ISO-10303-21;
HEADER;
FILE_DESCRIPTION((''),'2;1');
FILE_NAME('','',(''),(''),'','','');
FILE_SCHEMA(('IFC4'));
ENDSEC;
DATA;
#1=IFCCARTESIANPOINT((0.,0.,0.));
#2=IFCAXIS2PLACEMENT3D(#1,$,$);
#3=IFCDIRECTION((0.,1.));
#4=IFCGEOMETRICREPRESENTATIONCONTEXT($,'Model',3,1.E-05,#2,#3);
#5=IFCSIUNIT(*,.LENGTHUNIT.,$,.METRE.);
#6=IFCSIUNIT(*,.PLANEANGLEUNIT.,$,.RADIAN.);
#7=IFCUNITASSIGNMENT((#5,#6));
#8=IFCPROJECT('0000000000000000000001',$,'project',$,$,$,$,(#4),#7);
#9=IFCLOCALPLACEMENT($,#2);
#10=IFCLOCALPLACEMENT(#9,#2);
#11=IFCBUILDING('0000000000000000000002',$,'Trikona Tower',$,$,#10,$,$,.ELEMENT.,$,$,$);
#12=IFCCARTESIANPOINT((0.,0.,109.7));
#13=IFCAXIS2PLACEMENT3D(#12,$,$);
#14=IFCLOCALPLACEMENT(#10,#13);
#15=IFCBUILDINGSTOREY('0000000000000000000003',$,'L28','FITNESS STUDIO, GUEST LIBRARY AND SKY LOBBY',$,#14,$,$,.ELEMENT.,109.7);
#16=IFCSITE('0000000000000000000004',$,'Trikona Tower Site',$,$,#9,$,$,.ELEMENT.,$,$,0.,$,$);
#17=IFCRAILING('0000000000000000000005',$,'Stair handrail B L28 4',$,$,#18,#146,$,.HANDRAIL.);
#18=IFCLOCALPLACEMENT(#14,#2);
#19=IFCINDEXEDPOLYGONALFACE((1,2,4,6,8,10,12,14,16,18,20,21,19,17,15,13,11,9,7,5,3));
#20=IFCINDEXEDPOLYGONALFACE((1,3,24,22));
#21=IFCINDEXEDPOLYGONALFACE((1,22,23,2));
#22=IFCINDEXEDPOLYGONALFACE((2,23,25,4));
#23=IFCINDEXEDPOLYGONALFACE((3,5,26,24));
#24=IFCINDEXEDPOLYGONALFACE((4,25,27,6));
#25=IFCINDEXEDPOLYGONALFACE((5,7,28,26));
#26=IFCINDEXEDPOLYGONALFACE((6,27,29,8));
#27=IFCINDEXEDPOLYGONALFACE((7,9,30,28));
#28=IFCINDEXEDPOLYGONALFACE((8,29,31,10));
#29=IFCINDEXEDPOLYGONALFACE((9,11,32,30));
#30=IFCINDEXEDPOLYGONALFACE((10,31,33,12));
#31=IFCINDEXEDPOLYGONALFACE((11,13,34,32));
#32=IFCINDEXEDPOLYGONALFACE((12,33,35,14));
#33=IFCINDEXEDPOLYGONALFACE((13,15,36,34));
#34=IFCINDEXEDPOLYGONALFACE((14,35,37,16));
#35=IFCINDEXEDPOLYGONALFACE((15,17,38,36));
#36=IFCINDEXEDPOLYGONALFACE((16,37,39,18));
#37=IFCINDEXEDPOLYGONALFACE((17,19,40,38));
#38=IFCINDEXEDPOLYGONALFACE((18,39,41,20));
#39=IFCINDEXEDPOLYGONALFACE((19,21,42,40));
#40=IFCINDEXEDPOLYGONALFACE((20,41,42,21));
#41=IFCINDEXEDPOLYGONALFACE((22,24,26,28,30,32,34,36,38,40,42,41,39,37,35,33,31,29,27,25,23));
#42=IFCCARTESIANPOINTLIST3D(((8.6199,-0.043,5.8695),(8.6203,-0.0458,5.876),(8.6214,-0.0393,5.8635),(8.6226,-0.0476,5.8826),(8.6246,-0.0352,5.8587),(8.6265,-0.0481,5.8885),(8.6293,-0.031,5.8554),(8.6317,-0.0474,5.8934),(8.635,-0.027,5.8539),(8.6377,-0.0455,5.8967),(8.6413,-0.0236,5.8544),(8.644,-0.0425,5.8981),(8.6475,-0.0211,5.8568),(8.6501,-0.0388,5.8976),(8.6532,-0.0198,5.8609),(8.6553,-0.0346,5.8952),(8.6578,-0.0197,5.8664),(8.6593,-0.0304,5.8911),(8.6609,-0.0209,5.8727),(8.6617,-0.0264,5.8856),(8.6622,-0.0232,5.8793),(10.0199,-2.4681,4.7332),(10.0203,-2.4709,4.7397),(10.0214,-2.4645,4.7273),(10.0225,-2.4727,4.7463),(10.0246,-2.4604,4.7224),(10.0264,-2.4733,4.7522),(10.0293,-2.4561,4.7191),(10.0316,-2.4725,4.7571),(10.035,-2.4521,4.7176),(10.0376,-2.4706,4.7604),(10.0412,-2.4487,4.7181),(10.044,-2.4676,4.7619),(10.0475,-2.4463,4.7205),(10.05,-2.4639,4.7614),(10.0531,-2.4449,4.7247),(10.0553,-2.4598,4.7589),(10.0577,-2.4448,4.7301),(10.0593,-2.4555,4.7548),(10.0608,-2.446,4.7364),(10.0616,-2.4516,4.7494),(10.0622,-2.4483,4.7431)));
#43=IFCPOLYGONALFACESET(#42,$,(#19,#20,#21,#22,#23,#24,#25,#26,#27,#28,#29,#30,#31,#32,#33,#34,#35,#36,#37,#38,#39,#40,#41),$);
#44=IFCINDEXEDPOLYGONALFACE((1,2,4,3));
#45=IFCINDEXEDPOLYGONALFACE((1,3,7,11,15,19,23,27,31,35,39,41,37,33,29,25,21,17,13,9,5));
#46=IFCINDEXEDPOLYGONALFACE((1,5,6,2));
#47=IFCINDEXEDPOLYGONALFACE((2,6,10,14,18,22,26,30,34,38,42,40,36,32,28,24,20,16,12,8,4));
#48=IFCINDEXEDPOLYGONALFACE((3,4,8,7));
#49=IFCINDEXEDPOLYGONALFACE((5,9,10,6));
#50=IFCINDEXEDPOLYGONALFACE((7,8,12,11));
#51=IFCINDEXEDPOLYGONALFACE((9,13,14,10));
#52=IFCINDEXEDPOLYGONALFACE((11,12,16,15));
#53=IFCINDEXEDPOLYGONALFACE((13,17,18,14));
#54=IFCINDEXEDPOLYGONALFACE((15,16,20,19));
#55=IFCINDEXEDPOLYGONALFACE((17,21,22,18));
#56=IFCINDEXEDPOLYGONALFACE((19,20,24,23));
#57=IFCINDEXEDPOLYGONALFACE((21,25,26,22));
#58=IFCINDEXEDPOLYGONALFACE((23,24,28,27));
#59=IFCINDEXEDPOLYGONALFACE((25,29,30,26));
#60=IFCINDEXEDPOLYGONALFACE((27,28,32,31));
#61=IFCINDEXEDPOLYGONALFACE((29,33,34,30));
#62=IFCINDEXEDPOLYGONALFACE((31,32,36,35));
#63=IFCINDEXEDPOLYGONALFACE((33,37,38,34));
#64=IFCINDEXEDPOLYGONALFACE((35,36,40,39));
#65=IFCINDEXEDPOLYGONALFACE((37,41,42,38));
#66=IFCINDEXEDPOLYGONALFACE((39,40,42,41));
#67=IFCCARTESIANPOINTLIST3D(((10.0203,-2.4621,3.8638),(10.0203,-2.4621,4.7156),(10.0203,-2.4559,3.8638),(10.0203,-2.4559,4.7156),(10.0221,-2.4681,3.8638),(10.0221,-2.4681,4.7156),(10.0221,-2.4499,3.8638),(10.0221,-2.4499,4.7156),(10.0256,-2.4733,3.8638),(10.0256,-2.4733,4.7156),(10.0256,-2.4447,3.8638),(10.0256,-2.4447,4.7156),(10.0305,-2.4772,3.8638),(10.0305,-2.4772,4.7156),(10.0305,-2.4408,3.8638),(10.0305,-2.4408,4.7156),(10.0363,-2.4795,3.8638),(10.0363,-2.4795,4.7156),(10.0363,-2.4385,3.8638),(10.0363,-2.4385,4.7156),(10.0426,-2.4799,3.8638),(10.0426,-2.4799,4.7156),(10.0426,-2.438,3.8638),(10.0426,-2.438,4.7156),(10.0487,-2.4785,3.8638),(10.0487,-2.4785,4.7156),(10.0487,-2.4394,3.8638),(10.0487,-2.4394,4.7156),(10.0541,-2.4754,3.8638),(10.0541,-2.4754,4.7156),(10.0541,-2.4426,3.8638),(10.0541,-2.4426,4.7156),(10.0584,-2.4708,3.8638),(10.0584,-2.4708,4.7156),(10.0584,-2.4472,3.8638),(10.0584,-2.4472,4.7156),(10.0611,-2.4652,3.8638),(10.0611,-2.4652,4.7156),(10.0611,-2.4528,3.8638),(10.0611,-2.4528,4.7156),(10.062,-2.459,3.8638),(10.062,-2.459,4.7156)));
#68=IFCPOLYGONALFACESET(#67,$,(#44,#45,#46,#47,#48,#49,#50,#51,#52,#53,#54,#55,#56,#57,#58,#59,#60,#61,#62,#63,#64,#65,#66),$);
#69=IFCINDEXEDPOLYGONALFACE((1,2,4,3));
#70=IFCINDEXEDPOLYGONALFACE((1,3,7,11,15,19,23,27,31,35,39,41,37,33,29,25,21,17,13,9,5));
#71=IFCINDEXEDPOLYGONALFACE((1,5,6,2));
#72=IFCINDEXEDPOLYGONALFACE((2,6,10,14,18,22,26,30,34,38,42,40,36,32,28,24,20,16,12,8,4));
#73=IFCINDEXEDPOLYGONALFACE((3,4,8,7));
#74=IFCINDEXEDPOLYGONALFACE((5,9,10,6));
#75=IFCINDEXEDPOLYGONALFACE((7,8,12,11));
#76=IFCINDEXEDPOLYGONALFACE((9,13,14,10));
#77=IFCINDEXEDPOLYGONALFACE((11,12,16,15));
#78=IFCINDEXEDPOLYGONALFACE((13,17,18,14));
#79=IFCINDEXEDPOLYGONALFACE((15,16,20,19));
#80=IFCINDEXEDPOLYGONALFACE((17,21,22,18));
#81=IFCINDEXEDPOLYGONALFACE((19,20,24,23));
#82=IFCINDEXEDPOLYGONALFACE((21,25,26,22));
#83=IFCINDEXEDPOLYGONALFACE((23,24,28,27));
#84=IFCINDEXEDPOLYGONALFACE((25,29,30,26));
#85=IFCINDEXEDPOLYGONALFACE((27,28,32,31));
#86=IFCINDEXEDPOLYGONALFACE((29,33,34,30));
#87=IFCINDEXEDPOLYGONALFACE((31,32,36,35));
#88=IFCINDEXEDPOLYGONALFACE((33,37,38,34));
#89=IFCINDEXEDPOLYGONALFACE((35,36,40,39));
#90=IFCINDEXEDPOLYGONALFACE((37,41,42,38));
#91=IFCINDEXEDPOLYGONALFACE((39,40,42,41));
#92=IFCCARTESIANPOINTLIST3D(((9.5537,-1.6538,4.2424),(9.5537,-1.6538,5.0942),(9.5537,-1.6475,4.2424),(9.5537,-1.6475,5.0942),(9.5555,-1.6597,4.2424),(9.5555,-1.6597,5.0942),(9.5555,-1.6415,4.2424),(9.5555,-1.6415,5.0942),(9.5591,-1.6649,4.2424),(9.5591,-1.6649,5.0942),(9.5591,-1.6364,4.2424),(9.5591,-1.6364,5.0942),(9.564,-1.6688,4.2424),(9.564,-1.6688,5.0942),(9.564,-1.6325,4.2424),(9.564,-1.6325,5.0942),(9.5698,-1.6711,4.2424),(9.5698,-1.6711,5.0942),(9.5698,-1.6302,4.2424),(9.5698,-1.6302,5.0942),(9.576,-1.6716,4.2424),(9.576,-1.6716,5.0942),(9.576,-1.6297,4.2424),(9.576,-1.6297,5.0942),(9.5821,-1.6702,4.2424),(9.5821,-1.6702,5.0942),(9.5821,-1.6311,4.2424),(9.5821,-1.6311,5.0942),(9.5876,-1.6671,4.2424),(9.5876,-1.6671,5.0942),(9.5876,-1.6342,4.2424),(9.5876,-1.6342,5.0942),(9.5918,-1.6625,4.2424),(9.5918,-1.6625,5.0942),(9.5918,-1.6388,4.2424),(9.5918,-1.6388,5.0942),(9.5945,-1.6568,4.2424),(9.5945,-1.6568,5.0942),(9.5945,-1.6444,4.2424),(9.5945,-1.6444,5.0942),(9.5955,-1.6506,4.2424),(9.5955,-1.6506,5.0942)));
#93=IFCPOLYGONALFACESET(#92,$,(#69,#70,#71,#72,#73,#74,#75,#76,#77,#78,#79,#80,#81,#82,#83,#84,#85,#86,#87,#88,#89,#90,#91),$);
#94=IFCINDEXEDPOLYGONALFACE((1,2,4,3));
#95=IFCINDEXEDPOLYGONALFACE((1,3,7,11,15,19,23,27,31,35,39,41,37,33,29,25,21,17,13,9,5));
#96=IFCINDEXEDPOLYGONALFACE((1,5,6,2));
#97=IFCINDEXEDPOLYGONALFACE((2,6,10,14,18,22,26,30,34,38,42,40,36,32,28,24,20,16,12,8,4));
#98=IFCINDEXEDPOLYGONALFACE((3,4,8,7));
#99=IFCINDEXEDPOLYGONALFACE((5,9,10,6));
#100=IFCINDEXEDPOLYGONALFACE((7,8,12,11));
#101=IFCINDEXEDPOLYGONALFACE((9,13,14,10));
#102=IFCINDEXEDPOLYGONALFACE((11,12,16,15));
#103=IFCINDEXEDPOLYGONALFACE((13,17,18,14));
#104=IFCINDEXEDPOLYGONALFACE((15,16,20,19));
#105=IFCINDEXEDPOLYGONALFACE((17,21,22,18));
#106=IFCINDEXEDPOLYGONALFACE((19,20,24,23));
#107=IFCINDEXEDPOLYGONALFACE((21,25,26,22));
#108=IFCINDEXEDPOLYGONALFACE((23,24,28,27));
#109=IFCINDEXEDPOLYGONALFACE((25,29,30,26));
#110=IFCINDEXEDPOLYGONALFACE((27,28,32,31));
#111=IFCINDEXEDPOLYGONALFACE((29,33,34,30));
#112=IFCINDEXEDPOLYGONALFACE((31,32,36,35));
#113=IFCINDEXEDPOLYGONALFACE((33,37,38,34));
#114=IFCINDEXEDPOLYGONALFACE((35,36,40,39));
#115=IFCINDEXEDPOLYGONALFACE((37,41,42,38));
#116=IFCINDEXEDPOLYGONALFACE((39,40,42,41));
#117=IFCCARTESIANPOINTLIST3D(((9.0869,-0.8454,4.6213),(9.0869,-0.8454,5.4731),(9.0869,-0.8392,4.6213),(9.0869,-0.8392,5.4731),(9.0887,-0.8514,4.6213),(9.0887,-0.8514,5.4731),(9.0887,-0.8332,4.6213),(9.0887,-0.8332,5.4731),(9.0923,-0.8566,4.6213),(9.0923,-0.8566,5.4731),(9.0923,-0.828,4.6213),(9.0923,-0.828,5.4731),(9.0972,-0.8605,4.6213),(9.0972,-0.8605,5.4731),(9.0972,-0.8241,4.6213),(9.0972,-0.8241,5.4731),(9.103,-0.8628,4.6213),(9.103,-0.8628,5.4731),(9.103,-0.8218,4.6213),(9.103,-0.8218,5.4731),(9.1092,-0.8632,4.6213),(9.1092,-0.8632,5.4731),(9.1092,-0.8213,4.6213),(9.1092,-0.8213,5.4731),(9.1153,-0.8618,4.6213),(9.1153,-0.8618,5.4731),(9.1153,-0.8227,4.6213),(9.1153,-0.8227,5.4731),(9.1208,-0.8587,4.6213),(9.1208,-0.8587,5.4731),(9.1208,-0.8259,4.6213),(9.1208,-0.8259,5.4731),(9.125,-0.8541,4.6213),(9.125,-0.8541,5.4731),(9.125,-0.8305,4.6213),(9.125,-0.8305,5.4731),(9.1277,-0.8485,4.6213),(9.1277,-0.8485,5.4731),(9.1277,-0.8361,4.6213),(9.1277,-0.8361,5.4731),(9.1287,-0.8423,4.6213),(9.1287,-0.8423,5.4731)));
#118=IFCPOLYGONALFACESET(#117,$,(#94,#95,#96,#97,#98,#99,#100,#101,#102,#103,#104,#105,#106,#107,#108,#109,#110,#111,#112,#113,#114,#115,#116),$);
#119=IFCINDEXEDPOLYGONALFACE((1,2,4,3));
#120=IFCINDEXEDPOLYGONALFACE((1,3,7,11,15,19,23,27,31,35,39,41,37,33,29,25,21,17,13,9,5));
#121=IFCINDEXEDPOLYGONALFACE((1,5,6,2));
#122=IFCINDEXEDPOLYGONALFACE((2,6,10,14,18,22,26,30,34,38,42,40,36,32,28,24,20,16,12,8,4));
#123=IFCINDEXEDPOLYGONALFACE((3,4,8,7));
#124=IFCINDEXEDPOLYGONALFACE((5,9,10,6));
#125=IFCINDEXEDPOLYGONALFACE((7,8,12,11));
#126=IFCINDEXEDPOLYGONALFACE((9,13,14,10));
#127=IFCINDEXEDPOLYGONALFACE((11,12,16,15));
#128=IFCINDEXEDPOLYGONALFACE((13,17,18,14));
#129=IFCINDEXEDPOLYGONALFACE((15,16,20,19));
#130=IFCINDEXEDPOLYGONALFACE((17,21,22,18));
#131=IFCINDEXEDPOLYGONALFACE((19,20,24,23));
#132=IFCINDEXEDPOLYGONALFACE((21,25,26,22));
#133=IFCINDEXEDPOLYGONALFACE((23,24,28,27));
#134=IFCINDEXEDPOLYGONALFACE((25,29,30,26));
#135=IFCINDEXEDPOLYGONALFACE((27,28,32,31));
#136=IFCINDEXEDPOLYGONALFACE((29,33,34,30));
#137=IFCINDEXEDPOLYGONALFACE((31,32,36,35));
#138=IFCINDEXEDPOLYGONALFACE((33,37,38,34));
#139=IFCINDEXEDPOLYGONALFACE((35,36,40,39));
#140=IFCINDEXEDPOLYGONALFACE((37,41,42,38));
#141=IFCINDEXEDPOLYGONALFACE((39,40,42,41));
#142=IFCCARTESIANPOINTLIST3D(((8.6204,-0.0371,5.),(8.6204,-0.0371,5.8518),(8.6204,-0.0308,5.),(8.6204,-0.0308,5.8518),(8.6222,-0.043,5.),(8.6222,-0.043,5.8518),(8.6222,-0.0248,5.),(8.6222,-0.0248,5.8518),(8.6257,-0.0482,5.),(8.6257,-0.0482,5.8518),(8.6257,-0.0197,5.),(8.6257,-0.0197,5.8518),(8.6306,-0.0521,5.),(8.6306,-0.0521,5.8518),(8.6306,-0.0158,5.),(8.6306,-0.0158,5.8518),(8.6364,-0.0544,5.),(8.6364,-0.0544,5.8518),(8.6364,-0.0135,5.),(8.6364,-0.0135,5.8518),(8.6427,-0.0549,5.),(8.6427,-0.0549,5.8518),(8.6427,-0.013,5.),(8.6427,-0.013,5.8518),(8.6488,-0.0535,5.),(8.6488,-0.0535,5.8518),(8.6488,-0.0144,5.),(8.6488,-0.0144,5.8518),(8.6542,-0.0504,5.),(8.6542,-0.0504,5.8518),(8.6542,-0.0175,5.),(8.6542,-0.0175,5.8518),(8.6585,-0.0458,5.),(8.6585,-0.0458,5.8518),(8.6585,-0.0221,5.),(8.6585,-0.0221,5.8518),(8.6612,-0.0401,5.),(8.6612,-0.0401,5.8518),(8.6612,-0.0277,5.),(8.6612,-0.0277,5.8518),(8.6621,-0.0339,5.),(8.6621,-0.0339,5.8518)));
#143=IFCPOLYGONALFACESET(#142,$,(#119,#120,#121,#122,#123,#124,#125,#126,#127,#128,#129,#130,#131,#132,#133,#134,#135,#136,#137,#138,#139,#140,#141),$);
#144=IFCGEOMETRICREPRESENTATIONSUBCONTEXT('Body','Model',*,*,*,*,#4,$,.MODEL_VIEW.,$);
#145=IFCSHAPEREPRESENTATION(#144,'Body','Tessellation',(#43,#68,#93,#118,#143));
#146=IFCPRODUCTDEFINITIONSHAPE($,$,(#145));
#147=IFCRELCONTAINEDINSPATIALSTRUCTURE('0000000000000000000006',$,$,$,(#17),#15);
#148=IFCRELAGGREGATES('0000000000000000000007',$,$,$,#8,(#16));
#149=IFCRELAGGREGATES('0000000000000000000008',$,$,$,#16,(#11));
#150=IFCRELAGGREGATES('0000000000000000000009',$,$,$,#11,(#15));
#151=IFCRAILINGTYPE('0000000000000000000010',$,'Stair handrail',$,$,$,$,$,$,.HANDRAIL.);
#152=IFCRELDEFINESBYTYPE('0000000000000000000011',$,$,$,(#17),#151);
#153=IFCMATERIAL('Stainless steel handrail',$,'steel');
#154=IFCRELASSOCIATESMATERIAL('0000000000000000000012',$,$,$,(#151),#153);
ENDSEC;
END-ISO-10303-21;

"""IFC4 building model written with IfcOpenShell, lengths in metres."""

from ifc_helpers import new_model, si_unit, direction, frame, origin, origin_2d, place, context, subcontext, project, spatial, circle, extrude, material, type_object, element, save


model = new_model("IFC4")

# Units and contexts
model_context = context("Model", 3, precision=1e-05, world=origin(), true_north=direction((0.0, 1.0)))
body_context = subcontext(model_context, "Body", "Model", "MODEL_VIEW")
ifc_project = project(units=[si_unit("LENGTHUNIT", "METRE"), si_unit("PLANEANGLEUNIT", "RADIAN")], contexts=[model_context])

# Site, building, storey
site_placement = place(None, origin())
site = spatial("IfcSite", under=ifc_project, at=site_placement, Name="Trikona Tower Site", CompositionType="ELEMENT", RefElevation=0.0)
building_placement = place(site_placement, origin())
building = spatial("IfcBuilding", under=site, at=building_placement, Name="Trikona Tower", CompositionType="ELEMENT")
storey_placement = place(building_placement, frame((0.0, 0.0, 109.7)))
storey = spatial("IfcBuildingStorey", under=building, at=storey_placement, Name="L28", Description="FITNESS STUDIO, GUEST LIBRARY AND SKY LOBBY", CompositionType="ELEMENT", Elevation=109.7)

# Railing
ifc_material_1 = material(Name="Stainless steel handrail", Category="steel")
railing_type = type_object("IfcRailingType", Name="Stair handrail", PredefinedType="HANDRAIL", material=ifc_material_1)
for number, where, name in (
    (1, (10.041, -2.459, 3.8638), "Stair handrail B L28 4"),
):
    element("IfcRailing", number, at=place(storey_placement, frame(where)), inside=storey, type_object=railing_type, Name=name, PredefinedType="HANDRAIL", context=body_context, shape_type="SweptSolid", body=[
        extrude(circle(Radius=0.0239, at=origin_2d()), frame((0.0, 0.0, 0.876), z_axis=(-0.463259, 0.802503, 0.376004), x_axis=(-0.866056, -0.499946, 0.0)), (0.0, 0.0, 1.0), 3.022),
        extrude(circle(Radius=0.021, at=origin_2d()), origin(), (0.0, 0.0, 1.0), 0.8518),
        extrude(circle(Radius=0.021, at=origin_2d()), frame((-0.4666, 0.8083, 0.3787)), (0.0, 0.0, 1.0), 0.8518),
        extrude(circle(Radius=0.021, at=origin_2d()), frame((-0.9333, 1.6167, 0.7576)), (0.0, 0.0, 1.0), 0.8518),
        extrude(circle(Radius=0.021, at=origin_2d()), frame((-1.3999, 2.425, 1.1362)), (0.0, 0.0, 1.0), 0.8518),
    ])

save(model, "model.ifc")
